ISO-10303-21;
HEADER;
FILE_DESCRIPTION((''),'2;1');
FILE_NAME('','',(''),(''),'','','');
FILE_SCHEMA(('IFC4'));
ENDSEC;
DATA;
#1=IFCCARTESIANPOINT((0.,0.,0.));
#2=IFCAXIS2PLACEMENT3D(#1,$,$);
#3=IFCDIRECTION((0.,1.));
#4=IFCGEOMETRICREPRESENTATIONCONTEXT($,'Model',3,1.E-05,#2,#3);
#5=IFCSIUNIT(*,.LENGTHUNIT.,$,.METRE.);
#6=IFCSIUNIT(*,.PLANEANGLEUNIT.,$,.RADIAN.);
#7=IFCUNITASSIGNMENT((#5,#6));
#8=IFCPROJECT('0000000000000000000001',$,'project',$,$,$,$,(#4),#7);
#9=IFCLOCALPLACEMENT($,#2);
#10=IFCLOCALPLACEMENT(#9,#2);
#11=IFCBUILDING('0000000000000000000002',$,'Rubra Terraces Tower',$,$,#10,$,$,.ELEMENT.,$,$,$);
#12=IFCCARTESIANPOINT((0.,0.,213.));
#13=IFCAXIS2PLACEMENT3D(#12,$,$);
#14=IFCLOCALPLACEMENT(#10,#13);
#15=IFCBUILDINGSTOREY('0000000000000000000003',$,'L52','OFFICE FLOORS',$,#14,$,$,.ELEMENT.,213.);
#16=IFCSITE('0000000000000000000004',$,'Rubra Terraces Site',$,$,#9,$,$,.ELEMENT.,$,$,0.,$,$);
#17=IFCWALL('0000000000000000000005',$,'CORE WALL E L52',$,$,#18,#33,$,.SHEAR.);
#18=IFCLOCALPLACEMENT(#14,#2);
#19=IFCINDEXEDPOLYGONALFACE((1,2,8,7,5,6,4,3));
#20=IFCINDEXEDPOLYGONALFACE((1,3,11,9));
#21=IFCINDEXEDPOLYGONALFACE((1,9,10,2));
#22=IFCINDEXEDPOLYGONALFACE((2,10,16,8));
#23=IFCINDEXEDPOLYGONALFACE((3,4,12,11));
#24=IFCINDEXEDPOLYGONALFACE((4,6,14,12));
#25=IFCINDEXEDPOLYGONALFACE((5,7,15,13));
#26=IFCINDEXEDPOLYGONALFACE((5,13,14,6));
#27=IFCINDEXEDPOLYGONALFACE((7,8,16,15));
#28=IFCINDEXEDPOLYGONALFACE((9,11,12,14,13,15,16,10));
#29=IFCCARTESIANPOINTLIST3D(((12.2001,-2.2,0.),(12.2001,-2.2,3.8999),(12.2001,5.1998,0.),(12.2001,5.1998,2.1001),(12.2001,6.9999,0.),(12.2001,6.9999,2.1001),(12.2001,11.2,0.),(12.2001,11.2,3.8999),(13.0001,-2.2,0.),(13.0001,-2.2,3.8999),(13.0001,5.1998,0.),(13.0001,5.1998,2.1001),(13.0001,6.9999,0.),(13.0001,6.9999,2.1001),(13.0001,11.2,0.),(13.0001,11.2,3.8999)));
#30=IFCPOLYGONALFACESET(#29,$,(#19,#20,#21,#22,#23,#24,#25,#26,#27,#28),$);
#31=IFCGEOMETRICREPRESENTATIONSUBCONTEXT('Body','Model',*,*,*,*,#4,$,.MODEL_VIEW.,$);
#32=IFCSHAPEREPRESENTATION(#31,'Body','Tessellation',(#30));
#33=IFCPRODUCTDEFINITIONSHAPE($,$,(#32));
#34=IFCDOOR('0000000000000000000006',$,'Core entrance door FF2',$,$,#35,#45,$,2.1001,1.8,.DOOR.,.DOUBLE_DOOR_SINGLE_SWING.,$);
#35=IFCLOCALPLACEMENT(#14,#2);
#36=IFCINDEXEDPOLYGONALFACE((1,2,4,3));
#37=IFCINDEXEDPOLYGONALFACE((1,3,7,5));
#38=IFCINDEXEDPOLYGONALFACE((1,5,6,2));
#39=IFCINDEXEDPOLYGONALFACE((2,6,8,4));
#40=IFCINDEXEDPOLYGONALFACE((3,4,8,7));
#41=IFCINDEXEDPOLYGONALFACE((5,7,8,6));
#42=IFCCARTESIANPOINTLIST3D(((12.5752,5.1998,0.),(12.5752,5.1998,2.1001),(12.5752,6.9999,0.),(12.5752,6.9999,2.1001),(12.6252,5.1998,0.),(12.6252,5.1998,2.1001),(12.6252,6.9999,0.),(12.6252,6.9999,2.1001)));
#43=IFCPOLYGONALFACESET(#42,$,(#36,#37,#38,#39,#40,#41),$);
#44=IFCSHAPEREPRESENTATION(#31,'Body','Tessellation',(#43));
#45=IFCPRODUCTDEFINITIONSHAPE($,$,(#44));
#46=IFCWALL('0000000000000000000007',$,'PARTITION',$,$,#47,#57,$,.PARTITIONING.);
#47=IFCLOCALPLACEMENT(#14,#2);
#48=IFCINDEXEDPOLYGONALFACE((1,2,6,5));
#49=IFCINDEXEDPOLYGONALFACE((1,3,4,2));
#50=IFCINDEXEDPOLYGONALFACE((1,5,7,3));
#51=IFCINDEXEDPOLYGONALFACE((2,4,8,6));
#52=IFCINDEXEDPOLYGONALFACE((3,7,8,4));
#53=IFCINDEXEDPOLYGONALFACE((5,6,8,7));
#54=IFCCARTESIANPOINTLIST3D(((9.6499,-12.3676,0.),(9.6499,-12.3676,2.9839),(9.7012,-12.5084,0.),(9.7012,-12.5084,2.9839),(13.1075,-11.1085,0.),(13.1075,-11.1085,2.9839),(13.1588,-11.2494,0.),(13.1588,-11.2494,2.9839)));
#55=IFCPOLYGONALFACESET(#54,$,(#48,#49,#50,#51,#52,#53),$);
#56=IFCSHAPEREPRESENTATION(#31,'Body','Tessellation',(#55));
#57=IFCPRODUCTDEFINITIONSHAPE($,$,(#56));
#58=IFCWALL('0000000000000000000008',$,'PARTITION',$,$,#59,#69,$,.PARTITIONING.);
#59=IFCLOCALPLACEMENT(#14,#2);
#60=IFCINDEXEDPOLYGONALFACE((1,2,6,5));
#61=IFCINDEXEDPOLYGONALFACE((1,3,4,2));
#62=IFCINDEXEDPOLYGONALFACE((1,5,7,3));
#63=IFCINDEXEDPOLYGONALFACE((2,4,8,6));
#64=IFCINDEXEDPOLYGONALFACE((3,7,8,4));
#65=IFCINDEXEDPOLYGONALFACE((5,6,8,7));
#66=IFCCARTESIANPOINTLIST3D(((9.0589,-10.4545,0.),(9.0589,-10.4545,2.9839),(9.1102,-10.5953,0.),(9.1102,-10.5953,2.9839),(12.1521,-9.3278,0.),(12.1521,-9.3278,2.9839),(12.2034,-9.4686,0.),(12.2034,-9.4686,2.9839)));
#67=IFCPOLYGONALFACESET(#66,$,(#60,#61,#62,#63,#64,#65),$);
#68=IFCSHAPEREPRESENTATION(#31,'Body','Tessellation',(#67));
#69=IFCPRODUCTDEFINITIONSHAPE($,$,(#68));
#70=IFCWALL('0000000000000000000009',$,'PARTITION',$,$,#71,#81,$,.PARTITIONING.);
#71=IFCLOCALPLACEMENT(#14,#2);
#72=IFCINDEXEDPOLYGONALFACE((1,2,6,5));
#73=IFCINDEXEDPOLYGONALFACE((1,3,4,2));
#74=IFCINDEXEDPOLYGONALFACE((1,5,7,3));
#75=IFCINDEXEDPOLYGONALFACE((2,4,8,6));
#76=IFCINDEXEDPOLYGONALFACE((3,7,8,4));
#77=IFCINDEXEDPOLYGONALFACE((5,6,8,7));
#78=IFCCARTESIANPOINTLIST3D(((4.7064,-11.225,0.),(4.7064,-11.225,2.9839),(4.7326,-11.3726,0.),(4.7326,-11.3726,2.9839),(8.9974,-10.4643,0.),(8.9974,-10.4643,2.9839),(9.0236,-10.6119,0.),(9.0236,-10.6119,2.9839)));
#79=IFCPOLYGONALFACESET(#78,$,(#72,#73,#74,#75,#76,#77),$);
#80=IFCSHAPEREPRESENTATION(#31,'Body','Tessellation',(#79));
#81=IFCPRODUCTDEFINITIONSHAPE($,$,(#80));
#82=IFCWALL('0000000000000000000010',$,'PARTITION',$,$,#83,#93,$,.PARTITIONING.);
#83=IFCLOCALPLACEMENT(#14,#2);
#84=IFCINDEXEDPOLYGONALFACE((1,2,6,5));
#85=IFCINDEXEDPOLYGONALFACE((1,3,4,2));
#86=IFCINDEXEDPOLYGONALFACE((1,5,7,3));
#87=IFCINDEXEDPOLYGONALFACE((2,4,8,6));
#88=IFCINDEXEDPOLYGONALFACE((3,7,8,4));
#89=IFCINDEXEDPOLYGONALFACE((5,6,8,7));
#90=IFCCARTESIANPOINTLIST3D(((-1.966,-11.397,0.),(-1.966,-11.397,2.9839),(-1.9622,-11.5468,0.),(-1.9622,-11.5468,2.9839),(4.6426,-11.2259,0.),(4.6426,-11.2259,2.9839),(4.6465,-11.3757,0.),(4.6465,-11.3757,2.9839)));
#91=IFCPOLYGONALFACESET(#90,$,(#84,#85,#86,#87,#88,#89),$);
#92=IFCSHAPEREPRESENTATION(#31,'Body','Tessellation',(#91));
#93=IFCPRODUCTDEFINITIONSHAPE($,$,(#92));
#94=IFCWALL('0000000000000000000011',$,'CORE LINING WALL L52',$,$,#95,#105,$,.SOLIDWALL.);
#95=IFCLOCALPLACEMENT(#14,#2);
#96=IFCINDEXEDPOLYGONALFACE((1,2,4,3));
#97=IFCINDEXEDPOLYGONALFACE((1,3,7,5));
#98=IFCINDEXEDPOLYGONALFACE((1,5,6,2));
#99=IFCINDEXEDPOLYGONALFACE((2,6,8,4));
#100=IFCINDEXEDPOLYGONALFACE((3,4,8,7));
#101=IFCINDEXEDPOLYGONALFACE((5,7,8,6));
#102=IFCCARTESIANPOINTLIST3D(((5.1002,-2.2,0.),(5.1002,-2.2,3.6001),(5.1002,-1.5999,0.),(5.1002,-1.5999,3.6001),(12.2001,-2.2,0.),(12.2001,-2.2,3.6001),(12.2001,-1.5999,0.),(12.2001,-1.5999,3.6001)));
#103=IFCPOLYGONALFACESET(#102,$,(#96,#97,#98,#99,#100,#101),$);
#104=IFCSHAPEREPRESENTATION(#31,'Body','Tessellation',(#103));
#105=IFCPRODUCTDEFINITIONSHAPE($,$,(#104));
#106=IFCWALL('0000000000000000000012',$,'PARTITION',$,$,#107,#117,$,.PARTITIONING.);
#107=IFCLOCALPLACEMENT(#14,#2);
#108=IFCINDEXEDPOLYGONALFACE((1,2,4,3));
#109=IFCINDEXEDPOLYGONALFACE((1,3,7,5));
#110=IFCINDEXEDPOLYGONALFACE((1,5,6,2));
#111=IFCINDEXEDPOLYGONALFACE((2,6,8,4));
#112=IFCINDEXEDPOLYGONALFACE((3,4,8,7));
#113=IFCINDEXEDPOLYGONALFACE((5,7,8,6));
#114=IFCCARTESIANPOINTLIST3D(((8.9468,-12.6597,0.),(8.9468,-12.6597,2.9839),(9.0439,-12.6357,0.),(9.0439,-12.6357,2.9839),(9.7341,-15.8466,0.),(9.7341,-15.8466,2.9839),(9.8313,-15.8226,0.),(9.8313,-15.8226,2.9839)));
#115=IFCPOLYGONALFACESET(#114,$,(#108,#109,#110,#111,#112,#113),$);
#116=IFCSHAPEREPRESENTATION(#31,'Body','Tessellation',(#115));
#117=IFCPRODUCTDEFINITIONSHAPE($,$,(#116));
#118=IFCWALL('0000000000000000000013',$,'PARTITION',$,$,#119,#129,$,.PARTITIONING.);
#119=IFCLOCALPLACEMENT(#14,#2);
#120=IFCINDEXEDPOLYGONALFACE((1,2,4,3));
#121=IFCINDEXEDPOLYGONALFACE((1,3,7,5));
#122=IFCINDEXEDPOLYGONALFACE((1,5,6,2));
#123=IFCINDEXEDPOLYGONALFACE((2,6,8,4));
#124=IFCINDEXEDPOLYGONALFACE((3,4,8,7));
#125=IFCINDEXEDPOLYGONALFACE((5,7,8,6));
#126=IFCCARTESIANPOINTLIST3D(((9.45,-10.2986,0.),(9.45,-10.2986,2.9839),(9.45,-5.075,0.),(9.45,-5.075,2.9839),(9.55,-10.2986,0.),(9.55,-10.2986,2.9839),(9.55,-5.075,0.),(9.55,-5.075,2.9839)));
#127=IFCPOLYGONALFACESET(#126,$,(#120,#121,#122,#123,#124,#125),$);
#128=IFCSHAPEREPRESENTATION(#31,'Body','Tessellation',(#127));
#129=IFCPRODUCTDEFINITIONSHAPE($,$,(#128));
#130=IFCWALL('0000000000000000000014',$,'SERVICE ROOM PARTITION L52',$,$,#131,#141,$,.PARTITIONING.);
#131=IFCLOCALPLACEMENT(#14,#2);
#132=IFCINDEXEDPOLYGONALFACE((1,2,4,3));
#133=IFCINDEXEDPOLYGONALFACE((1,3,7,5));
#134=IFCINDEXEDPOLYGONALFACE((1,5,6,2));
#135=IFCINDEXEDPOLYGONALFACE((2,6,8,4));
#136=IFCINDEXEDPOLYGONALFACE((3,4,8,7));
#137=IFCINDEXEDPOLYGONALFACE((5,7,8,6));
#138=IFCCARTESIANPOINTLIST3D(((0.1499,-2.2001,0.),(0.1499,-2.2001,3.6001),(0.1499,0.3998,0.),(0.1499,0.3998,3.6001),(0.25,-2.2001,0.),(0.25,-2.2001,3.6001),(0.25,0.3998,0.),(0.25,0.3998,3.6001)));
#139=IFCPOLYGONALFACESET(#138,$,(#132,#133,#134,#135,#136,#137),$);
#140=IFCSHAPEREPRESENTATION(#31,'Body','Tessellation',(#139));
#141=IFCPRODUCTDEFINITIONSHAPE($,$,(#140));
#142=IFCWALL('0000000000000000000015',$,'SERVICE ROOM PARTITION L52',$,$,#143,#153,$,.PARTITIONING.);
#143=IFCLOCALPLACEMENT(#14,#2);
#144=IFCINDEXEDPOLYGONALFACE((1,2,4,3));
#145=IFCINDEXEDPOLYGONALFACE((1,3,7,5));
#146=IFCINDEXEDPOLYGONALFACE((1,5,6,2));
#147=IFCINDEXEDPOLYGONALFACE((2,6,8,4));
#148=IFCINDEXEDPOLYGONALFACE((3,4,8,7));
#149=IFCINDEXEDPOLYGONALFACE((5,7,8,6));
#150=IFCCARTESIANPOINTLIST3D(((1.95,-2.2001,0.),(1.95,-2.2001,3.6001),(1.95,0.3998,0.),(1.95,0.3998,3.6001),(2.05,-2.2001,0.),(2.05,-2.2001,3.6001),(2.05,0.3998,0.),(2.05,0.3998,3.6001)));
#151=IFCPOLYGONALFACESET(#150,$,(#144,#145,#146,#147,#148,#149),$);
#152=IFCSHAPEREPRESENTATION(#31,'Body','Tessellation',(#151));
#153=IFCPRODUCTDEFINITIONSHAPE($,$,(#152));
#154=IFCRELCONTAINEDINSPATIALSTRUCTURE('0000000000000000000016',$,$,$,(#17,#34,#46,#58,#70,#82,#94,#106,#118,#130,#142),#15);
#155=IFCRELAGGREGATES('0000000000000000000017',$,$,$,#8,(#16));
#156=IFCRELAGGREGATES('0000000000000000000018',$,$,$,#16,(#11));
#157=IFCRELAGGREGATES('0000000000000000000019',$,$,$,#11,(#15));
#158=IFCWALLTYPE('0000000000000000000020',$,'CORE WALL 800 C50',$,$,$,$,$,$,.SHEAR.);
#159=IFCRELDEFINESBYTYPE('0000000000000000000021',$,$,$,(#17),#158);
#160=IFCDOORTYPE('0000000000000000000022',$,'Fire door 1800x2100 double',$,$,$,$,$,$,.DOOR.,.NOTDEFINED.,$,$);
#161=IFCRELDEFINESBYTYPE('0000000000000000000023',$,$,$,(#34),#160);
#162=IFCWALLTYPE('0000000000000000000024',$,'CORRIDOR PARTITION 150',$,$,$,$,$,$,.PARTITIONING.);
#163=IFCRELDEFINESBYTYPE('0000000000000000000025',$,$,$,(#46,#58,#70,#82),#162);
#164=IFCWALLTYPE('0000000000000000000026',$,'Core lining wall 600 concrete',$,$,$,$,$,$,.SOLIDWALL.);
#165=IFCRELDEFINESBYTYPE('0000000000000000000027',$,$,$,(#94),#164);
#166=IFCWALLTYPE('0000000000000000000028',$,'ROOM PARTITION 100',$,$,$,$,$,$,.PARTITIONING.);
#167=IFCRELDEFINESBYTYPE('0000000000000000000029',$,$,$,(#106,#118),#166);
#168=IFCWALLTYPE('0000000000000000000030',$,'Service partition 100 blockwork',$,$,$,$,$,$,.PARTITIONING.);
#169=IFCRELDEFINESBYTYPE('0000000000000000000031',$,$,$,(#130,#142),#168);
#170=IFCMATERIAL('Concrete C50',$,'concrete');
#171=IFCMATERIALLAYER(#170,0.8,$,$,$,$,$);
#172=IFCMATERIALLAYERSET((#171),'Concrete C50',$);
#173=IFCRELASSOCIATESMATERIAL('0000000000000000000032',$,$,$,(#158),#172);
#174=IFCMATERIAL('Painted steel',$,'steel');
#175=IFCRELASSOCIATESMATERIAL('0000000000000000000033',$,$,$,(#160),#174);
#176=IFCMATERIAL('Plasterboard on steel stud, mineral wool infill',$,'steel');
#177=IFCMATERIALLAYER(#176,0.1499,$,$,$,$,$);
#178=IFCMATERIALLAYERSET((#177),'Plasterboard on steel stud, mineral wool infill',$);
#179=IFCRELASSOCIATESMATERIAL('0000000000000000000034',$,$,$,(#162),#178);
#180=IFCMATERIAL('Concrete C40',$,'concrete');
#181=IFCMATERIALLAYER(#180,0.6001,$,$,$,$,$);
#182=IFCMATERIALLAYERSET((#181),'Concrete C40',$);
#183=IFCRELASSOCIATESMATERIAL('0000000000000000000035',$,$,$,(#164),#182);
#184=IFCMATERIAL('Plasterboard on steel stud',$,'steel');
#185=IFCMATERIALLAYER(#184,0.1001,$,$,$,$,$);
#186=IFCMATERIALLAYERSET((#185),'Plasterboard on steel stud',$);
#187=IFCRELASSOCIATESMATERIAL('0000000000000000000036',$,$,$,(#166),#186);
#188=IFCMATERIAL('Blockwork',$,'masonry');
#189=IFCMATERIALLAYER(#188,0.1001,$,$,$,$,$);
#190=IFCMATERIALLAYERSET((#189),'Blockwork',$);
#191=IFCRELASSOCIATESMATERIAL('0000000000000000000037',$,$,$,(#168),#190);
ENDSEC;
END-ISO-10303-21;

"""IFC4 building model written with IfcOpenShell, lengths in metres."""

from ifc_helpers import new_model, si_unit, direction, frame, frame_2d, origin, place, context, subcontext, project, spatial, rectangle, extrude, material, layer, layer_set, type_object, element, fill, save


model = new_model("IFC4")

# Units and contexts
model_context = context("Model", 3, precision=1e-05, world=origin(), true_north=direction((0.0, 1.0)))
body_context = subcontext(model_context, "Body", "Model", "MODEL_VIEW")
ifc_project = project(units=[si_unit("LENGTHUNIT", "METRE"), si_unit("PLANEANGLEUNIT", "RADIAN")], contexts=[model_context])

# Site, building, storey
site_placement = place(None, origin())
site = spatial("IfcSite", under=ifc_project, at=site_placement, Name="Rubra Terraces Site", CompositionType="ELEMENT", RefElevation=0.0)
building_placement = place(site_placement, origin())
building = spatial("IfcBuilding", under=site, at=building_placement, Name="Rubra Terraces Tower", CompositionType="ELEMENT")
storey_placement = place(building_placement, frame((0.0, 0.0, 213.0)))
storey = spatial("IfcBuildingStorey", under=building, at=storey_placement, Name="L52", Description="OFFICE FLOORS", CompositionType="ELEMENT", Elevation=213.0)

# Shared definitions
ifc_material_1 = material(Name="Concrete C40", Category="concrete")

# Wall, opening, door
ifc_material_2 = material(Name="Concrete C50", Category="concrete")
ifc_layer_1 = layer(ifc_material_2, 0.8)
ifc_layer_set_1 = layer_set([ifc_layer_1], Name="Concrete C50")
wall_type_1 = type_object("IfcWallType", Name="CORE WALL 800 C50", PredefinedType="SHEAR", material=ifc_layer_set_1)
wall_1_placement = place(storey_placement, frame((12.6001, -2.2, 0.0), z_axis=(0.0, 0.0, 1.0), x_axis=(0.0, 1.0, 0.0)))
wall_1 = element("IfcWall", 1, at=wall_1_placement, inside=storey, type_object=wall_type_1, Name="CORE WALL E L52", PredefinedType="SHEAR", context=body_context, shape_type="SweptSolid", body=[
    extrude(rectangle(XDim=13.3999, YDim=0.8, at=frame_2d((6.7, 0.0))), origin(), (0.0, 0.0, 1.0), 3.8999),
])
opening_1_placement = place(wall_1_placement, frame((7.3999, 0.0, 0.0)))
opening_1 = element("IfcOpeningElement", 2, at=opening_1_placement, cuts=wall_1, PredefinedType="OPENING", context=body_context, shape_type="SweptSolid", body=[
    extrude(rectangle(XDim=1.8, YDim=2.1001, at=frame_2d((0.8999, 1.05))), frame((0.0, 0.4099, 0.0), z_axis=(0.0, -1.0, 0.0), x_axis=(1.0, 0.0, 0.0)), (0.0, 0.0, 1.0), 0.8201),
])
ifc_material_3 = material(Name="Painted steel", Category="steel")
door_type_1 = type_object("IfcDoorType", Name="Fire door 1800x2100 double", OperationType="NOTDEFINED", PredefinedType="DOOR", material=ifc_material_3)
door_1_placement = place(opening_1_placement, origin())
door_1 = element("IfcDoor", 3, at=door_1_placement, inside=storey, type_object=door_type_1, Name="Core entrance door FF2", OperationType="DOUBLE_DOOR_SINGLE_SWING", OverallHeight=2.1001, OverallWidth=1.8, PredefinedType="DOOR", context=body_context, shape_type="SweptSolid", body=[
    extrude(rectangle(XDim=1.8, YDim=2.1001, at=frame_2d((0.8999, 1.05))), frame((0.0, 0.0249, 0.0), z_axis=(0.0, -1.0, 0.0), x_axis=(1.0, 0.0, 0.0)), (0.0, 0.0, 1.0), 0.05),
])
fill(opening_1, door_1)

# Wall
ifc_material_4 = material(Name="Plasterboard on steel stud, mineral wool infill", Category="steel")
ifc_layer_2 = layer(ifc_material_4, 0.1499)
ifc_layer_set_2 = layer_set([ifc_layer_2], Name="Plasterboard on steel stud, mineral wool infill")
wall_type_2 = type_object("IfcWallType", Name="CORRIDOR PARTITION 150", PredefinedType="PARTITIONING", material=ifc_layer_set_2)
wall_2_placement = place(storey_placement, frame((9.6755, -12.438, 0.0), z_axis=(0.0, 0.0, 1.0), x_axis=(0.93964, 0.342164, 0.0)))
element("IfcWall", 4, at=wall_2_placement, inside=storey, type_object=wall_type_2, Name="PARTITION", PredefinedType="PARTITIONING", context=body_context, shape_type="SweptSolid", body=[
    extrude(rectangle(XDim=3.6797, YDim=0.1499, at=frame_2d((1.8398, 0.0))), origin(), (0.0, 0.0, 1.0), 2.9839),
])

# Walls
wall_3_placement = place(storey_placement, frame((12.1777, -9.3982, 0.0), z_axis=(0.0, 0.0, 1.0), x_axis=(-0.939609, -0.342249, 0.0)))
element("IfcWall", 5, at=wall_3_placement, inside=storey, type_object=wall_type_2, Name="PARTITION", PredefinedType="PARTITIONING", context=body_context, shape_type="SweptSolid", body=[
    extrude(rectangle(XDim=3.292, YDim=0.1499, at=frame_2d((1.646, 0.0))), origin(), (0.0, 0.0, 1.0), 2.9839),
])
wall_4_placement = place(storey_placement, frame((9.0105, -10.5381, 0.0), z_axis=(0.0, 0.0, 1.0), x_axis=(-0.984646, -0.174565, 0.0)))
element("IfcWall", 6, at=wall_4_placement, inside=storey, type_object=wall_type_2, Name="PARTITION", PredefinedType="PARTITIONING", context=body_context, shape_type="SweptSolid", body=[
    extrude(rectangle(XDim=4.3579, YDim=0.1499, at=frame_2d((2.179, 0.0))), origin(), (0.0, 0.0, 1.0), 2.9839),
])
wall_5_placement = place(storey_placement, frame((4.6445, -11.3008, 0.0), z_axis=(0.0, 0.0, 1.0), x_axis=(-0.999665, -0.025888, 0.0)))
element("IfcWall", 7, at=wall_5_placement, inside=storey, type_object=wall_type_2, Name="PARTITION", PredefinedType="PARTITIONING", context=body_context, shape_type="SweptSolid", body=[
    extrude(rectangle(XDim=6.6108, YDim=0.1499, at=frame_2d((3.3054, 0.0))), origin(), (0.0, 0.0, 1.0), 2.9839),
])
ifc_layer_3 = layer(ifc_material_1, 0.6001)
ifc_layer_set_3 = layer_set([ifc_layer_3], Name="Concrete C40")
wall_type_3 = type_object("IfcWallType", Name="Core lining wall 600 concrete", PredefinedType="SOLIDWALL", material=ifc_layer_set_3)
wall_6_placement = place(storey_placement, frame((12.2, -1.8999, 0.0), z_axis=(0.0, 0.0, 1.0), x_axis=(-1.0, 0.0, 0.0)))
element("IfcWall", 8, at=wall_6_placement, inside=storey, type_object=wall_type_3, Name="CORE LINING WALL L52", PredefinedType="SOLIDWALL", context=body_context, shape_type="SweptSolid", body=[
    extrude(rectangle(XDim=7.0999, YDim=0.6001, at=frame_2d((3.5498, 0.0))), origin(), (0.0, 0.0, 1.0), 3.6001),
])
ifc_material_5 = material(Name="Plasterboard on steel stud", Category="steel")
ifc_layer_4 = layer(ifc_material_5, 0.1001)
ifc_layer_set_4 = layer_set([ifc_layer_4], Name="Plasterboard on steel stud")
wall_type_4 = type_object("IfcWallType", Name="ROOM PARTITION 100", PredefinedType="PARTITIONING", material=ifc_layer_set_4)
wall_7_placement = place(storey_placement, frame((8.9954, -12.6477, 0.0), z_axis=(0.0, 0.0, 1.0), x_axis=(0.23984, -0.970812, 0.0)))
element("IfcWall", 9, at=wall_7_placement, inside=storey, type_object=wall_type_4, Name="PARTITION", PredefinedType="PARTITIONING", context=body_context, shape_type="SweptSolid", body=[
    extrude(rectangle(XDim=3.2827, YDim=0.1001, at=frame_2d((1.6414, 0.0))), origin(), (0.0, 0.0, 1.0), 2.9839),
])
wall_8_placement = place(storey_placement, frame((9.5, -10.2986, 0.0), z_axis=(0.0, 0.0, 1.0), x_axis=(0.0, 1.0, 0.0)))
element("IfcWall", 10, at=wall_8_placement, inside=storey, type_object=wall_type_4, Name="PARTITION", PredefinedType="PARTITIONING", context=body_context, shape_type="SweptSolid", body=[
    extrude(rectangle(XDim=5.2236, YDim=0.1001, at=frame_2d((2.6118, 0.0))), origin(), (0.0, 0.0, 1.0), 2.9839),
])
ifc_material_6 = material(Name="Blockwork", Category="masonry")
ifc_layer_5 = layer(ifc_material_6, 0.1001)
ifc_layer_set_5 = layer_set([ifc_layer_5], Name="Blockwork")
wall_type_5 = type_object("IfcWallType", Name="Service partition 100 blockwork", PredefinedType="PARTITIONING", material=ifc_layer_set_5)
for number, where, z_axis, x_axis, name in (
    (11, (0.2, -2.2, 0.0), (0.0, 0.0, 1.0), (0.0, 1.0, 0.0), "SERVICE ROOM PARTITION L52"),
    (12, (2.0, -2.2, 0.0), (0.0, 0.0, 1.0), (0.0, 1.0, 0.0), "SERVICE ROOM PARTITION L52"),
):
    element("IfcWall", number, at=place(storey_placement, frame(where, z_axis=z_axis, x_axis=x_axis)), inside=storey, type_object=wall_type_5, Name=name, PredefinedType="PARTITIONING", context=body_context, shape_type="SweptSolid", body=[
        extrude(rectangle(XDim=2.5999, YDim=0.1001, at=frame_2d((1.2998, 0.0))), origin(), (0.0, 0.0, 1.0), 3.6001),
    ])

save(model, "model.ifc")
